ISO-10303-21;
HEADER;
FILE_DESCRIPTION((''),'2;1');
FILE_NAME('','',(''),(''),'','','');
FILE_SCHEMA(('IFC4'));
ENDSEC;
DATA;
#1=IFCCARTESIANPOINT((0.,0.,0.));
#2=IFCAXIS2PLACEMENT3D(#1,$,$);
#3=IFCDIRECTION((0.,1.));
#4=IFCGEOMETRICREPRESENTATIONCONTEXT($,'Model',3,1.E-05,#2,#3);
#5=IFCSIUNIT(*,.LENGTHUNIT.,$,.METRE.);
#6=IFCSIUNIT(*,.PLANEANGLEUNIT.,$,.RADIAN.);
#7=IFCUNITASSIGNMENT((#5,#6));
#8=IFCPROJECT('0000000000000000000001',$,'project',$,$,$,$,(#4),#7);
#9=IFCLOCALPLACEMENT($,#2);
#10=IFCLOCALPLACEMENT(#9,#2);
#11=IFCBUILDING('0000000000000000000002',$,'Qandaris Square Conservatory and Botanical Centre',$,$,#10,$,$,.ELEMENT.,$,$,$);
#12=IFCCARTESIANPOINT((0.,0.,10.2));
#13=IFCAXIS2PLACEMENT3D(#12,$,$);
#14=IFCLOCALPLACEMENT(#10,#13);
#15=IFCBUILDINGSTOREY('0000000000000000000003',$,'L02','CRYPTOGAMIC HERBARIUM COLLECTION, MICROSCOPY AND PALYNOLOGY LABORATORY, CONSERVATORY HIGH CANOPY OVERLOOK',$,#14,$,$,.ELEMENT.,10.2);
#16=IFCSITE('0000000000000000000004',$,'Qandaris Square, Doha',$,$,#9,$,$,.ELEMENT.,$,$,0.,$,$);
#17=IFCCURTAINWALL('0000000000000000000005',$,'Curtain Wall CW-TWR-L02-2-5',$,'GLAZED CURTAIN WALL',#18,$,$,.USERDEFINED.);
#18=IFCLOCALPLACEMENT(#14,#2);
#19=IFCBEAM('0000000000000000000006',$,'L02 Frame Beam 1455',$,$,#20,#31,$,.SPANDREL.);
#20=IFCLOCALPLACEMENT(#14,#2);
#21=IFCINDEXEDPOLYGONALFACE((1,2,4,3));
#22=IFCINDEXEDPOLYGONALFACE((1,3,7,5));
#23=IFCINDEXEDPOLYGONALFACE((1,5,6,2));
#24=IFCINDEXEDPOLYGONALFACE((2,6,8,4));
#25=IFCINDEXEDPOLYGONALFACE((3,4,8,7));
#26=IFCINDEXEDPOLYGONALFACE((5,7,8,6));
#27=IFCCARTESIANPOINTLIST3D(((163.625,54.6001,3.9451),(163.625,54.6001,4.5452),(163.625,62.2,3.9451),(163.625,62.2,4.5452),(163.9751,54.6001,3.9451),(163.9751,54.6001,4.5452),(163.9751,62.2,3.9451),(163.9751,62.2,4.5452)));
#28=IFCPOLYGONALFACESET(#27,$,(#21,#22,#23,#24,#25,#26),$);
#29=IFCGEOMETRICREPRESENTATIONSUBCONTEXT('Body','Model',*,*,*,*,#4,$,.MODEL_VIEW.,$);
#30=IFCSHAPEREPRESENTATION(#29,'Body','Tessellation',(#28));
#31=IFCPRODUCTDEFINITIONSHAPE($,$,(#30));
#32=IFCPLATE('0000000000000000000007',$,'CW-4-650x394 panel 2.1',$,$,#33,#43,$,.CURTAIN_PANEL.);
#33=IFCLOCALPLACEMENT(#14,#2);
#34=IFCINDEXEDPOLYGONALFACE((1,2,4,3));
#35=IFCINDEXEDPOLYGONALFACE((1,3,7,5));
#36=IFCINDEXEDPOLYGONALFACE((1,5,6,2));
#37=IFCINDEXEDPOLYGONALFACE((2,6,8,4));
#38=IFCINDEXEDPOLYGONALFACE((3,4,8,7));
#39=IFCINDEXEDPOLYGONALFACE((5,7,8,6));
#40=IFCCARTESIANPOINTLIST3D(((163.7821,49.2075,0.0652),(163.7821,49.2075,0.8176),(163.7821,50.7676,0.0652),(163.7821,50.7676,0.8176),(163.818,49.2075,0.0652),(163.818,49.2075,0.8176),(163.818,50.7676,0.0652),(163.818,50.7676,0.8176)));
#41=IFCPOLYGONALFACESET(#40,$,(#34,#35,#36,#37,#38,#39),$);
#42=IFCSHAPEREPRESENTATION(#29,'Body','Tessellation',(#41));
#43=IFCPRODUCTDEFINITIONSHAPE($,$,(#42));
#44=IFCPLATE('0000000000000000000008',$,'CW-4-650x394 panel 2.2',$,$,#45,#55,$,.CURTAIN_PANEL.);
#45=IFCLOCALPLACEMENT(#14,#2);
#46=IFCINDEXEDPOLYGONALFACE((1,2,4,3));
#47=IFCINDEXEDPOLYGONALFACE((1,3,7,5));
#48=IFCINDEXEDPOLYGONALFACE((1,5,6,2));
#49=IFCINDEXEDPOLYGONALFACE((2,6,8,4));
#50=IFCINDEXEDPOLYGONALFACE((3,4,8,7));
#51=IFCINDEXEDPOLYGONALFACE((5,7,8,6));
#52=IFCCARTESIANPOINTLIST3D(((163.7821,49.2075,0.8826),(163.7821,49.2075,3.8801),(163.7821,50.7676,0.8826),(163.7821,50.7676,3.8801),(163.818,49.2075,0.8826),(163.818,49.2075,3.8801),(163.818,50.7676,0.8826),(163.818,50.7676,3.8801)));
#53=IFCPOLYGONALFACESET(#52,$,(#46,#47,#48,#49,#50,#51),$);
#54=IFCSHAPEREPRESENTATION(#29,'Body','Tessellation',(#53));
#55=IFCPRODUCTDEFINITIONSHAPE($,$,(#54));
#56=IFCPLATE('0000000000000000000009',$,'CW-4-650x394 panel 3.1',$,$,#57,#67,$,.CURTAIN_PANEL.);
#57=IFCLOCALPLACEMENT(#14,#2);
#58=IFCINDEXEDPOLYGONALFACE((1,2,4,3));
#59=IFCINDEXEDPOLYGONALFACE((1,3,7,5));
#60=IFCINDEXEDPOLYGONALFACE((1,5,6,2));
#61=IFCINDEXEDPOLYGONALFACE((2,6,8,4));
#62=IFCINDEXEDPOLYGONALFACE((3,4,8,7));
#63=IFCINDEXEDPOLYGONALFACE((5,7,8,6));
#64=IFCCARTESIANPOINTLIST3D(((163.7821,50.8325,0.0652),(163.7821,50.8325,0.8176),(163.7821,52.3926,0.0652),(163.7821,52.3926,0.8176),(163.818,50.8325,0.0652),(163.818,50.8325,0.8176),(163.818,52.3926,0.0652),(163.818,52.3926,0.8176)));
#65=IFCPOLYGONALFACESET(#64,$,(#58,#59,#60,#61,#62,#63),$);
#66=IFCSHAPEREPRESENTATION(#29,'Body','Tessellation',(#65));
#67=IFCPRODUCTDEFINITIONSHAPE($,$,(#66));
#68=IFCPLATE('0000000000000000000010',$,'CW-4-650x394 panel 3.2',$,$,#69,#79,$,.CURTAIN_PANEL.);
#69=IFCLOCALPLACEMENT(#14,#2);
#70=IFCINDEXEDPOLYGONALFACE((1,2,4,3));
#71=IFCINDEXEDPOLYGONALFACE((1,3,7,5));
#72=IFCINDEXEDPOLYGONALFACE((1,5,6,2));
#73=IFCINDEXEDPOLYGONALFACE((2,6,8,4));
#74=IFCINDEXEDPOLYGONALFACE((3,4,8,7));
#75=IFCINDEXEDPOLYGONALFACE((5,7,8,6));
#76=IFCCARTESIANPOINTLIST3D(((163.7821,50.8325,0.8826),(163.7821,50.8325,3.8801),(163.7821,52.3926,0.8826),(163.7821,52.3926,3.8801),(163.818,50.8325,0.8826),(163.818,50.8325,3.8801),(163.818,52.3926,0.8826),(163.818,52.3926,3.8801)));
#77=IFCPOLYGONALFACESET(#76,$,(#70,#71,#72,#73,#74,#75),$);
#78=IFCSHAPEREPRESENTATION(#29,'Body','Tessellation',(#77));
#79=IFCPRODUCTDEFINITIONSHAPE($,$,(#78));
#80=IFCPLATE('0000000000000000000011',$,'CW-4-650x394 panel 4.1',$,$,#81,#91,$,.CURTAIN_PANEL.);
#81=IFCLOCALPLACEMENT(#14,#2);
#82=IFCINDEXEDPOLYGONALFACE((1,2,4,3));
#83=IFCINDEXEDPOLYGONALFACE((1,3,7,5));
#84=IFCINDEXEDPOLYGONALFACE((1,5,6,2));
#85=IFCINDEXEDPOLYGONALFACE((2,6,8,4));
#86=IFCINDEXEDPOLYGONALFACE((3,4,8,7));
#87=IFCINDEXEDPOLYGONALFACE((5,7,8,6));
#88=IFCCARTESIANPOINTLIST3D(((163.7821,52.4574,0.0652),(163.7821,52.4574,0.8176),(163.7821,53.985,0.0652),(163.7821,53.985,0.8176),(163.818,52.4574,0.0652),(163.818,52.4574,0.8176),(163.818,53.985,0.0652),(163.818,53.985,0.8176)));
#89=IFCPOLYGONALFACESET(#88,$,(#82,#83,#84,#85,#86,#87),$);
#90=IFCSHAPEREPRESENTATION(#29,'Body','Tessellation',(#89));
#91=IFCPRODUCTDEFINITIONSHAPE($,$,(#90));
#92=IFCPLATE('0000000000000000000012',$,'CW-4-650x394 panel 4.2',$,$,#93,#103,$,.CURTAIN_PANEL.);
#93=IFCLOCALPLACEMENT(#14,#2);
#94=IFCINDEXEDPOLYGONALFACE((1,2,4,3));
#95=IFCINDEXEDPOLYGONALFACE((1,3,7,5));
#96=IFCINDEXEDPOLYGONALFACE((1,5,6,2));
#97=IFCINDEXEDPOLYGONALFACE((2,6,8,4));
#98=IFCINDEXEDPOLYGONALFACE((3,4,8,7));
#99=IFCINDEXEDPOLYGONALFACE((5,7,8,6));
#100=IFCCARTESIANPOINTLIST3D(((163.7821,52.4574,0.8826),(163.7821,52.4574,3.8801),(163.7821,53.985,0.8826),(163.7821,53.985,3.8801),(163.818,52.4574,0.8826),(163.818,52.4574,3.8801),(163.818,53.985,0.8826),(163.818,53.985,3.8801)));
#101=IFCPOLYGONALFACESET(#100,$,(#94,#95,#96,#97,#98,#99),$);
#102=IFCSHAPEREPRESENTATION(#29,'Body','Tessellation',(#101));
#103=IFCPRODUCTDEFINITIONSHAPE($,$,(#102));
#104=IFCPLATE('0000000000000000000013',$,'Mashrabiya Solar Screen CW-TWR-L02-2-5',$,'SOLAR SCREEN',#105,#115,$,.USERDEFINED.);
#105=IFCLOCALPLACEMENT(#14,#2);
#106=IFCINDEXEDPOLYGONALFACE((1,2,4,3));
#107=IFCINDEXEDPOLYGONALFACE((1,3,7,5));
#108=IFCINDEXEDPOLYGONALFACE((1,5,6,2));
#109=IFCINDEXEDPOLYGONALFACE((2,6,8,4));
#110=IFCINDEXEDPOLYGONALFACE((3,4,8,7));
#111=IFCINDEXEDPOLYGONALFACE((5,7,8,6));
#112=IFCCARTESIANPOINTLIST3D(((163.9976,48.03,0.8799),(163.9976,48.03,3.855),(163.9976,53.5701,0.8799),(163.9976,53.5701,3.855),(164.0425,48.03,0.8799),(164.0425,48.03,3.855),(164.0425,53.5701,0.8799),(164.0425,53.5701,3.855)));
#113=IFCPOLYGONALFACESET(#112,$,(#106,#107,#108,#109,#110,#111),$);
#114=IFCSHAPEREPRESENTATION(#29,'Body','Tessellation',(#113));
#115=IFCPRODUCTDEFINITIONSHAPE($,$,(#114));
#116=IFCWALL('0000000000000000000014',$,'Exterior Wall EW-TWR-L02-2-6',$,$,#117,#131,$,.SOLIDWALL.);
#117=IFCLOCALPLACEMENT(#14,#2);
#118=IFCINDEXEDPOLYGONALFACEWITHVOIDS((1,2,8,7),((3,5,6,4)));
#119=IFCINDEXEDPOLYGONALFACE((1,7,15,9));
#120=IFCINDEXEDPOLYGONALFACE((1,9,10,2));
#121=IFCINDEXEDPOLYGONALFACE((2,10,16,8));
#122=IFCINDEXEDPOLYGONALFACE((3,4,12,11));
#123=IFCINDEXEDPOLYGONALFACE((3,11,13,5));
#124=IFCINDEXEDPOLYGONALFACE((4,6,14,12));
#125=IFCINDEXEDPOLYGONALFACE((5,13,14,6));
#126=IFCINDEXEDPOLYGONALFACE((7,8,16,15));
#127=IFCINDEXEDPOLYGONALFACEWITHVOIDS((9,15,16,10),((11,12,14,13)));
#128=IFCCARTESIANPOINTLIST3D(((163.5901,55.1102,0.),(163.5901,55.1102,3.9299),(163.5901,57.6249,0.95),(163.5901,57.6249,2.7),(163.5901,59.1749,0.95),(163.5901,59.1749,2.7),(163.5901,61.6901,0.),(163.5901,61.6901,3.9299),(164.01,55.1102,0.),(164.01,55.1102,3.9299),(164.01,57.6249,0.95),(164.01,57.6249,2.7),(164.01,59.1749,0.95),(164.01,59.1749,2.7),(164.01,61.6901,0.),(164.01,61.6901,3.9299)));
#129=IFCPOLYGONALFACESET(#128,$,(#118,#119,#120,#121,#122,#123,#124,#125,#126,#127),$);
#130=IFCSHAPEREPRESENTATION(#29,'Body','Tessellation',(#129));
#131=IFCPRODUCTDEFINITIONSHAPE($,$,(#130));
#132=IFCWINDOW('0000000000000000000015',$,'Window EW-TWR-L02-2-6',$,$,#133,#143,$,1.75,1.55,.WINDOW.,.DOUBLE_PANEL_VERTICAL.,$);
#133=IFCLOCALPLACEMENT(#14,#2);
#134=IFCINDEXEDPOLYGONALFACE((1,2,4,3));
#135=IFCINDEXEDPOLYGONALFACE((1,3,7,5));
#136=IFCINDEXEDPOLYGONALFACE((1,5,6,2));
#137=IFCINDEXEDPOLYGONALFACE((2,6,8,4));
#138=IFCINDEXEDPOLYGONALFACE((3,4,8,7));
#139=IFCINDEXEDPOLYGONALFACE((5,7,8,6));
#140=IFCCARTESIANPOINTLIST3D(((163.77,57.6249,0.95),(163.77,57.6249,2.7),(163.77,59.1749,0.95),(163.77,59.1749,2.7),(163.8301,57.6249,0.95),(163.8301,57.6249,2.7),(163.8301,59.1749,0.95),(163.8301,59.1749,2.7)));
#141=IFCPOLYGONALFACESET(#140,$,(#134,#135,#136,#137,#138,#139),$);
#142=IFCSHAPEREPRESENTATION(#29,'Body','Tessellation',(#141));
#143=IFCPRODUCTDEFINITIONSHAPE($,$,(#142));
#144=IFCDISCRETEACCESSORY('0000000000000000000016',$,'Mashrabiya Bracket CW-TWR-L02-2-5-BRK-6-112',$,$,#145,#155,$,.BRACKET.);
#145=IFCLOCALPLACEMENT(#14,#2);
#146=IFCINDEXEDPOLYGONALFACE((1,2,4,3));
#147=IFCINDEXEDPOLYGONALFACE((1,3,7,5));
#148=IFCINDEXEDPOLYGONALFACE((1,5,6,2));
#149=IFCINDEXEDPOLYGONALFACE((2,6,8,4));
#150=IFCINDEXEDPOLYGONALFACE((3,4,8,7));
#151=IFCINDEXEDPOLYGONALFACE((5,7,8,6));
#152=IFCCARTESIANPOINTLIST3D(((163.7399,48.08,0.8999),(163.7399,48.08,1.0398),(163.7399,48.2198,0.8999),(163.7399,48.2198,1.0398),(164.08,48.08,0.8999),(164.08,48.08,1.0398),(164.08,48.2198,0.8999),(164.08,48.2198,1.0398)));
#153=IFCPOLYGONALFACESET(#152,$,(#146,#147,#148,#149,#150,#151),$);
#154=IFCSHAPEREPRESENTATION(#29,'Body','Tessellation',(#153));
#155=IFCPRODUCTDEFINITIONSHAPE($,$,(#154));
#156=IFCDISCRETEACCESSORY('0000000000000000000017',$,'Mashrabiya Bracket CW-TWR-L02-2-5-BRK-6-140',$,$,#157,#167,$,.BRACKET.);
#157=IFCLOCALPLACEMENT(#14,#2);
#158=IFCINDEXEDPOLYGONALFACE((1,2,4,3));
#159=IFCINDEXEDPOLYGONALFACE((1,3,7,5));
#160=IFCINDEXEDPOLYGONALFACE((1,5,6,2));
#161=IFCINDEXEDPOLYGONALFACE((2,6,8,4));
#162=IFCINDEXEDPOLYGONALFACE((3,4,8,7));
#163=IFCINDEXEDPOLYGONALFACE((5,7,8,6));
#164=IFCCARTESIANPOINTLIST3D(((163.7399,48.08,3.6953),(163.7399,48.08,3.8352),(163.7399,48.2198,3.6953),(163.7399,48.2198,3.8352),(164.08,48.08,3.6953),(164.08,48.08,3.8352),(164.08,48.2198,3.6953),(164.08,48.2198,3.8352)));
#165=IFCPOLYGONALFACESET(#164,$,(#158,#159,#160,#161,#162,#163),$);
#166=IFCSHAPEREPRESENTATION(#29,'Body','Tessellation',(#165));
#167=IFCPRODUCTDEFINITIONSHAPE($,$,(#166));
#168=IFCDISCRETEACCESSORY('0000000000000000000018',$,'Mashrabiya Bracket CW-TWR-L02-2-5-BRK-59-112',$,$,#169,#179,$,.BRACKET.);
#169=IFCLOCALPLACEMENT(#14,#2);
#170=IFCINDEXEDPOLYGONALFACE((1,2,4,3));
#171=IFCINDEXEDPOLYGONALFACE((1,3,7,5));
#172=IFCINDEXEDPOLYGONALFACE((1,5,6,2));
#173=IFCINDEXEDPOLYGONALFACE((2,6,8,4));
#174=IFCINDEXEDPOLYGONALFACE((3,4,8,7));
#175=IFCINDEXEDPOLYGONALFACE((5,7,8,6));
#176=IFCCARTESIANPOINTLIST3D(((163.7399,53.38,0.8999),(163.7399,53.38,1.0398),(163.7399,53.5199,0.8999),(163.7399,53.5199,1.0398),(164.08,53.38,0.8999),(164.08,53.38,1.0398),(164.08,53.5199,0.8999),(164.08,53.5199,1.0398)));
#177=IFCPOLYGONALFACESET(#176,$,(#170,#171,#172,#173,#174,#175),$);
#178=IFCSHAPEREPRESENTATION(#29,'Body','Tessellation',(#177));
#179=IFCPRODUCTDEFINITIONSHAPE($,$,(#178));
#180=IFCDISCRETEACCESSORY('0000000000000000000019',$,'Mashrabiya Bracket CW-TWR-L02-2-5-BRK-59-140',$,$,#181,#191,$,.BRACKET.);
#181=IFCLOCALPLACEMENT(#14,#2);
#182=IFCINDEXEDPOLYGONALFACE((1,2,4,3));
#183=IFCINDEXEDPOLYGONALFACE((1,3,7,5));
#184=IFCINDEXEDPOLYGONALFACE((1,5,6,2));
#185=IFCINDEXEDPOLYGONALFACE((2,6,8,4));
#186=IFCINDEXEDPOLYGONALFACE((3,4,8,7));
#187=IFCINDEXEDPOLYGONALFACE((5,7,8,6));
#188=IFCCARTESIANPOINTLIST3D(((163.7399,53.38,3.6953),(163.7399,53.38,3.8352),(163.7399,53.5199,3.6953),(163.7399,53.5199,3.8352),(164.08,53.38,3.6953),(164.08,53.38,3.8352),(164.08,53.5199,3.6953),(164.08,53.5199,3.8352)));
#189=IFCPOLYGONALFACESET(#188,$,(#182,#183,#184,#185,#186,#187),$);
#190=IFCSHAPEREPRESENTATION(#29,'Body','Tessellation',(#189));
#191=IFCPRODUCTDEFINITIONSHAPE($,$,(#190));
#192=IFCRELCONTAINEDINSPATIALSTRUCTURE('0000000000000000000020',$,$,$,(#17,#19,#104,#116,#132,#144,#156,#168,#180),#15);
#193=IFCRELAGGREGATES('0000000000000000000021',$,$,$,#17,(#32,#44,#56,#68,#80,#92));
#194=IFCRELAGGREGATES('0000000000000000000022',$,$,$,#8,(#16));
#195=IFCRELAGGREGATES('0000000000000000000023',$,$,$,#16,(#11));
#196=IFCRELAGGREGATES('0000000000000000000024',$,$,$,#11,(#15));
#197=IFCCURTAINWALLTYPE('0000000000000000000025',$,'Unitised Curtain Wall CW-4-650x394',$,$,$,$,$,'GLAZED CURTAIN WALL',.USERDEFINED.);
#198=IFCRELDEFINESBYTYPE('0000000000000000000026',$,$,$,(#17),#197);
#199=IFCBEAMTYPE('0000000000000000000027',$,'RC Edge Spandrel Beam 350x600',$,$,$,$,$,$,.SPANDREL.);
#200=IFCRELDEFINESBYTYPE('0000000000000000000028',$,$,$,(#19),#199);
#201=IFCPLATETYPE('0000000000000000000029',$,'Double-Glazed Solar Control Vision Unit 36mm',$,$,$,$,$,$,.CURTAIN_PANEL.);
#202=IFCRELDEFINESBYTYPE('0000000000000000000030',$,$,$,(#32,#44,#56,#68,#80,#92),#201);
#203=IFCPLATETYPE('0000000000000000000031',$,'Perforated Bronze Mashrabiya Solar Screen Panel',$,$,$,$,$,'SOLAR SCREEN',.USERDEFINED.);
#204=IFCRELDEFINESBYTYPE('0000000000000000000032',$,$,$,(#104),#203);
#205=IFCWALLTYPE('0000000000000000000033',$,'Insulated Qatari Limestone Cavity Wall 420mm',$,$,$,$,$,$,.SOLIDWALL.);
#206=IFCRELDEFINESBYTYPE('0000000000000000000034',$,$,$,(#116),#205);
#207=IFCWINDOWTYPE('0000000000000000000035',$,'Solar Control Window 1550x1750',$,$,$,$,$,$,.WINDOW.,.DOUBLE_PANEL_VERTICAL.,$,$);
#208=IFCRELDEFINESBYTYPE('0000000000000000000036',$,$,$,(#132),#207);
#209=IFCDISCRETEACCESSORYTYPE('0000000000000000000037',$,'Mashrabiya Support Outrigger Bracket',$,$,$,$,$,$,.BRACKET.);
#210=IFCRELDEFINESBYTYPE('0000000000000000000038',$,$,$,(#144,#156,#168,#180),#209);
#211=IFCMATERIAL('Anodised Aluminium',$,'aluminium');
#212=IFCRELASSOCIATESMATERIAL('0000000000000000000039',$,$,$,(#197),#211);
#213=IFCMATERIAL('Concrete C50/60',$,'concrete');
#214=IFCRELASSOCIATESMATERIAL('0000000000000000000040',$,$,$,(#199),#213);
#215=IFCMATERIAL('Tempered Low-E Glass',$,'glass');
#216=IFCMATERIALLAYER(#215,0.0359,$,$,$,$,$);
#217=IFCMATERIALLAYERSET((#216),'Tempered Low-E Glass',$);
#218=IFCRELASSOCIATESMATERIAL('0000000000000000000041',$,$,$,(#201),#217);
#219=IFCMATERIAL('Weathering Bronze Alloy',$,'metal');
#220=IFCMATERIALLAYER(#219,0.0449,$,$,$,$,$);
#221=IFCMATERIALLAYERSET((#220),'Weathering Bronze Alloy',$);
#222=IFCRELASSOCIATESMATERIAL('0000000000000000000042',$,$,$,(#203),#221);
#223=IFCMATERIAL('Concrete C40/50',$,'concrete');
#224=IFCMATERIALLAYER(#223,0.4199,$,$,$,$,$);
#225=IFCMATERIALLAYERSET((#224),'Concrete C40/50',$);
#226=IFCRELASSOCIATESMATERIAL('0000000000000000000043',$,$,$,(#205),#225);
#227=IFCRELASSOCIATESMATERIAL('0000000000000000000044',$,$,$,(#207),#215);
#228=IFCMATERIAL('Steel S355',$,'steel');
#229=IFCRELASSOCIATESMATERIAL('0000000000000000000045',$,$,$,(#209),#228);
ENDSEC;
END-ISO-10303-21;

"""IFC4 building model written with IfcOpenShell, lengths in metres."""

from ifc_helpers import new_model, si_unit, direction, frame, frame_2d, origin, origin_2d, place, context, subcontext, project, spatial, rectangle, extrude, material, layer, layer_set, material_profile, profile_set, type_object, element, fill, aggregate, save


model = new_model("IFC4")

# Units and contexts
model_context = context("Model", 3, precision=1e-05, world=origin(), true_north=direction((0.0, 1.0)))
body_context = subcontext(model_context, "Body", "Model", "MODEL_VIEW")
ifc_project = project(units=[si_unit("LENGTHUNIT", "METRE"), si_unit("PLANEANGLEUNIT", "RADIAN")], contexts=[model_context])

# Site, building, storey
site_placement = place(None, origin())
site = spatial("IfcSite", under=ifc_project, at=site_placement, Name="Qandaris Square, Doha", CompositionType="ELEMENT", RefElevation=0.0)
building_placement = place(site_placement, origin())
building = spatial("IfcBuilding", under=site, at=building_placement, Name="Qandaris Square Conservatory and Botanical Centre", CompositionType="ELEMENT")
storey_placement = place(building_placement, frame((0.0, 0.0, 10.2)))
storey = spatial("IfcBuildingStorey", under=building, at=storey_placement, Name="L02", Description="CRYPTOGAMIC HERBARIUM COLLECTION, MICROSCOPY AND PALYNOLOGY LABORATORY, CONSERVATORY HIGH CANOPY OVERLOOK", CompositionType="ELEMENT", Elevation=10.2)

# Shared definitions
ifc_material_1 = material(Name="Concrete C50/60", Category="concrete")

# Curtain wall
ifc_material_2 = material(Name="Anodised Aluminium", Category="aluminium")
curtain_wall_type = type_object("IfcCurtainWallType", Name="Unitised Curtain Wall CW-4-650x394", ElementType="GLAZED CURTAIN WALL", PredefinedType="USERDEFINED", material=ifc_material_2)
curtain_wall_placement = place(storey_placement, origin())
curtain_wall = element("IfcCurtainWall", 1, at=curtain_wall_placement, inside=storey, type_object=curtain_wall_type, Name="Curtain Wall CW-TWR-L02-2-5", ObjectType="GLAZED CURTAIN WALL", PredefinedType="USERDEFINED")

# Beam
ifc_material_profile_1 = material_profile(ifc_material_1, rectangle(XDim=0.3501, YDim=0.6001, at=origin_2d()), Name="RC-SP 350x600")
ifc_profile_set_1 = profile_set([ifc_material_profile_1], Name="Concrete C50/60")
beam_type_1 = type_object("IfcBeamType", Name="RC Edge Spandrel Beam 350x600", PredefinedType="SPANDREL", material=ifc_profile_set_1)
beam_1_placement = place(storey_placement, frame((163.8, 54.6001, 4.2451), z_axis=(0.0, 1.0, 0.0), x_axis=(-1.0, 0.0, 0.0)))
element("IfcBeam", 2, at=beam_1_placement, inside=storey, type_object=beam_type_1, Name="L02 Frame Beam 1455", PredefinedType="SPANDREL", context=body_context, shape_type="SweptSolid", body=[
    extrude(rectangle(XDim=0.3501, YDim=0.6001, at=origin_2d()), origin(), (0.0, 0.0, 1.0), 7.5999),
])

# Plates
ifc_material_3 = material(Name="Tempered Low-E Glass", Category="glass")
ifc_layer_1 = layer(ifc_material_3, 0.0359)
ifc_layer_set_1 = layer_set([ifc_layer_1], Name="Tempered Low-E Glass")
plate_type_1 = type_object("IfcPlateType", Name="Double-Glazed Solar Control Vision Unit 36mm", PredefinedType="CURTAIN_PANEL", material=ifc_layer_set_1)
plate_1_placement = place(storey_placement, frame((163.8, 49.9875, 0.0652), z_axis=(0.0, 0.0, 1.0), x_axis=(0.0, 1.0, 0.0)))
plate_1 = element("IfcPlate", 3, at=plate_1_placement, type_object=plate_type_1, Name="CW-4-650x394 panel 2.1", PredefinedType="CURTAIN_PANEL", context=body_context, shape_type="SweptSolid", body=[
    extrude(rectangle(XDim=1.5601, YDim=0.0359, at=origin_2d()), origin(), (0.0, 0.0, 1.0), 0.7524),
])
plate_2_placement = place(storey_placement, frame((163.8, 49.9875, 0.8826), z_axis=(0.0, 0.0, 1.0), x_axis=(0.0, 1.0, 0.0)))
plate_2 = element("IfcPlate", 4, at=plate_2_placement, type_object=plate_type_1, Name="CW-4-650x394 panel 2.2", PredefinedType="CURTAIN_PANEL", context=body_context, shape_type="SweptSolid", body=[
    extrude(rectangle(XDim=1.5601, YDim=0.0359, at=origin_2d()), origin(), (0.0, 0.0, 1.0), 2.9976),
])
plate_3_placement = place(storey_placement, frame((163.8, 51.6125, 0.0652), z_axis=(0.0, 0.0, 1.0), x_axis=(0.0, 1.0, 0.0)))
plate_3 = element("IfcPlate", 5, at=plate_3_placement, type_object=plate_type_1, Name="CW-4-650x394 panel 3.1", PredefinedType="CURTAIN_PANEL", context=body_context, shape_type="SweptSolid", body=[
    extrude(rectangle(XDim=1.5601, YDim=0.0359, at=origin_2d()), origin(), (0.0, 0.0, 1.0), 0.7524),
])
plate_4_placement = place(storey_placement, frame((163.8, 51.6125, 0.8826), z_axis=(0.0, 0.0, 1.0), x_axis=(0.0, 1.0, 0.0)))
plate_4 = element("IfcPlate", 6, at=plate_4_placement, type_object=plate_type_1, Name="CW-4-650x394 panel 3.2", PredefinedType="CURTAIN_PANEL", context=body_context, shape_type="SweptSolid", body=[
    extrude(rectangle(XDim=1.5601, YDim=0.0359, at=origin_2d()), origin(), (0.0, 0.0, 1.0), 2.9976),
])
plate_5_placement = place(storey_placement, frame((163.8, 53.2212, 0.0652), z_axis=(0.0, 0.0, 1.0), x_axis=(0.0, 1.0, 0.0)))
plate_5 = element("IfcPlate", 7, at=plate_5_placement, type_object=plate_type_1, Name="CW-4-650x394 panel 4.1", PredefinedType="CURTAIN_PANEL", context=body_context, shape_type="SweptSolid", body=[
    extrude(rectangle(XDim=1.5276, YDim=0.0359, at=origin_2d()), origin(), (0.0, 0.0, 1.0), 0.7524),
])
plate_6_placement = place(storey_placement, frame((163.8, 53.2212, 0.8826), z_axis=(0.0, 0.0, 1.0), x_axis=(0.0, 1.0, 0.0)))
plate_6 = element("IfcPlate", 8, at=plate_6_placement, type_object=plate_type_1, Name="CW-4-650x394 panel 4.2", PredefinedType="CURTAIN_PANEL", context=body_context, shape_type="SweptSolid", body=[
    extrude(rectangle(XDim=1.5276, YDim=0.0359, at=origin_2d()), origin(), (0.0, 0.0, 1.0), 2.9976),
])
aggregate(curtain_wall, [plate_1, plate_2, plate_3, plate_4, plate_5, plate_6])
ifc_material_4 = material(Name="Weathering Bronze Alloy", Category="metal")
ifc_layer_2 = layer(ifc_material_4, 0.0449)
ifc_layer_set_2 = layer_set([ifc_layer_2], Name="Weathering Bronze Alloy")
plate_type_2 = type_object("IfcPlateType", Name="Perforated Bronze Mashrabiya Solar Screen Panel", ElementType="SOLAR SCREEN", PredefinedType="USERDEFINED", material=ifc_layer_set_2)
plate_7_placement = place(storey_placement, frame((164.02, 50.8, 0.8799), z_axis=(0.0, 0.0, 1.0), x_axis=(0.0, 1.0, 0.0)))
element("IfcPlate", 9, at=plate_7_placement, inside=storey, type_object=plate_type_2, Name="Mashrabiya Solar Screen CW-TWR-L02-2-5", ObjectType="SOLAR SCREEN", PredefinedType="USERDEFINED", context=body_context, shape_type="SweptSolid", body=[
    extrude(rectangle(XDim=5.54, YDim=0.0449, at=origin_2d()), origin(), (0.0, 0.0, 1.0), 2.9751),
])

# Wall, opening, window
ifc_material_5 = material(Name="Concrete C40/50", Category="concrete")
ifc_layer_3 = layer(ifc_material_5, 0.4199)
ifc_layer_set_3 = layer_set([ifc_layer_3], Name="Concrete C40/50")
wall_type = type_object("IfcWallType", Name="Insulated Qatari Limestone Cavity Wall 420mm", PredefinedType="SOLIDWALL", material=ifc_layer_set_3)
wall_placement = place(storey_placement, frame((163.8, 55.1101, 0.0), z_axis=(0.0, 0.0, 1.0), x_axis=(0.0, 1.0, 0.0)))
wall = element("IfcWall", 10, at=wall_placement, inside=storey, type_object=wall_type, Name="Exterior Wall EW-TWR-L02-2-6", PredefinedType="SOLIDWALL", context=body_context, shape_type="SweptSolid", body=[
    extrude(rectangle(XDim=6.5798, YDim=0.4199, at=frame_2d((3.29, 0.0))), origin(), (0.0, 0.0, 1.0), 3.9299),
])
opening_placement = place(wall_placement, frame((2.5149, 0.0, 0.95)))
opening = element("IfcOpeningElement", 11, at=opening_placement, cuts=wall, PredefinedType="OPENING", context=body_context, shape_type="SweptSolid", body=[
    extrude(rectangle(XDim=1.55, YDim=1.75, at=frame_2d((0.7749, 0.875))), frame((0.0, 0.2219, 0.0), z_axis=(0.0, -1.0, 0.0), x_axis=(1.0, 0.0, 0.0)), (0.0, 0.0, 1.0), 0.4438),
])
window_type = type_object("IfcWindowType", Name="Solar Control Window 1550x1750", PartitioningType="DOUBLE_PANEL_VERTICAL", PredefinedType="WINDOW", material=ifc_material_3)
window_placement = place(opening_placement, origin())
window = element("IfcWindow", 12, at=window_placement, inside=storey, type_object=window_type, Name="Window EW-TWR-L02-2-6", OverallHeight=1.75, OverallWidth=1.55, PartitioningType="DOUBLE_PANEL_VERTICAL", PredefinedType="WINDOW", context=body_context, shape_type="SweptSolid", body=[
    extrude(rectangle(XDim=1.55, YDim=1.75, at=frame_2d((0.7749, 0.875))), frame((0.0, 0.03, 0.0), z_axis=(0.0, -1.0, 0.0), x_axis=(1.0, 0.0, 0.0)), (0.0, 0.0, 1.0), 0.0601),
])
fill(opening, window)

# Discrete accessories
ifc_material_6 = material(Name="Steel S355", Category="steel")
discrete_accessory_type = type_object("IfcDiscreteAccessoryType", Name="Mashrabiya Support Outrigger Bracket", PredefinedType="BRACKET", material=ifc_material_6)
for number, where, z_axis, x_axis, name in (
    (13, (163.9099, 48.1499, 0.8999), (0.0, 0.0, 1.0), (0.0, 1.0, 0.0), "Mashrabiya Bracket CW-TWR-L02-2-5-BRK-6-112"),
    (14, (163.9099, 48.1499, 3.6953), (0.0, 0.0, 1.0), (0.0, 1.0, 0.0), "Mashrabiya Bracket CW-TWR-L02-2-5-BRK-6-140"),
    (15, (163.9099, 53.45, 0.8999), (0.0, 0.0, 1.0), (0.0, 1.0, 0.0), "Mashrabiya Bracket CW-TWR-L02-2-5-BRK-59-112"),
    (16, (163.9099, 53.45, 3.6953), (0.0, 0.0, 1.0), (0.0, 1.0, 0.0), "Mashrabiya Bracket CW-TWR-L02-2-5-BRK-59-140"),
):
    element("IfcDiscreteAccessory", number, at=place(storey_placement, frame(where, z_axis=z_axis, x_axis=x_axis)), inside=storey, type_object=discrete_accessory_type, Name=name, PredefinedType="BRACKET", context=body_context, shape_type="SweptSolid", body=[
        extrude(rectangle(XDim=0.1399, YDim=0.3401, at=origin_2d()), origin(), (0.0, 0.0, 1.0), 0.1399),
    ])

save(model, "model.ifc")
